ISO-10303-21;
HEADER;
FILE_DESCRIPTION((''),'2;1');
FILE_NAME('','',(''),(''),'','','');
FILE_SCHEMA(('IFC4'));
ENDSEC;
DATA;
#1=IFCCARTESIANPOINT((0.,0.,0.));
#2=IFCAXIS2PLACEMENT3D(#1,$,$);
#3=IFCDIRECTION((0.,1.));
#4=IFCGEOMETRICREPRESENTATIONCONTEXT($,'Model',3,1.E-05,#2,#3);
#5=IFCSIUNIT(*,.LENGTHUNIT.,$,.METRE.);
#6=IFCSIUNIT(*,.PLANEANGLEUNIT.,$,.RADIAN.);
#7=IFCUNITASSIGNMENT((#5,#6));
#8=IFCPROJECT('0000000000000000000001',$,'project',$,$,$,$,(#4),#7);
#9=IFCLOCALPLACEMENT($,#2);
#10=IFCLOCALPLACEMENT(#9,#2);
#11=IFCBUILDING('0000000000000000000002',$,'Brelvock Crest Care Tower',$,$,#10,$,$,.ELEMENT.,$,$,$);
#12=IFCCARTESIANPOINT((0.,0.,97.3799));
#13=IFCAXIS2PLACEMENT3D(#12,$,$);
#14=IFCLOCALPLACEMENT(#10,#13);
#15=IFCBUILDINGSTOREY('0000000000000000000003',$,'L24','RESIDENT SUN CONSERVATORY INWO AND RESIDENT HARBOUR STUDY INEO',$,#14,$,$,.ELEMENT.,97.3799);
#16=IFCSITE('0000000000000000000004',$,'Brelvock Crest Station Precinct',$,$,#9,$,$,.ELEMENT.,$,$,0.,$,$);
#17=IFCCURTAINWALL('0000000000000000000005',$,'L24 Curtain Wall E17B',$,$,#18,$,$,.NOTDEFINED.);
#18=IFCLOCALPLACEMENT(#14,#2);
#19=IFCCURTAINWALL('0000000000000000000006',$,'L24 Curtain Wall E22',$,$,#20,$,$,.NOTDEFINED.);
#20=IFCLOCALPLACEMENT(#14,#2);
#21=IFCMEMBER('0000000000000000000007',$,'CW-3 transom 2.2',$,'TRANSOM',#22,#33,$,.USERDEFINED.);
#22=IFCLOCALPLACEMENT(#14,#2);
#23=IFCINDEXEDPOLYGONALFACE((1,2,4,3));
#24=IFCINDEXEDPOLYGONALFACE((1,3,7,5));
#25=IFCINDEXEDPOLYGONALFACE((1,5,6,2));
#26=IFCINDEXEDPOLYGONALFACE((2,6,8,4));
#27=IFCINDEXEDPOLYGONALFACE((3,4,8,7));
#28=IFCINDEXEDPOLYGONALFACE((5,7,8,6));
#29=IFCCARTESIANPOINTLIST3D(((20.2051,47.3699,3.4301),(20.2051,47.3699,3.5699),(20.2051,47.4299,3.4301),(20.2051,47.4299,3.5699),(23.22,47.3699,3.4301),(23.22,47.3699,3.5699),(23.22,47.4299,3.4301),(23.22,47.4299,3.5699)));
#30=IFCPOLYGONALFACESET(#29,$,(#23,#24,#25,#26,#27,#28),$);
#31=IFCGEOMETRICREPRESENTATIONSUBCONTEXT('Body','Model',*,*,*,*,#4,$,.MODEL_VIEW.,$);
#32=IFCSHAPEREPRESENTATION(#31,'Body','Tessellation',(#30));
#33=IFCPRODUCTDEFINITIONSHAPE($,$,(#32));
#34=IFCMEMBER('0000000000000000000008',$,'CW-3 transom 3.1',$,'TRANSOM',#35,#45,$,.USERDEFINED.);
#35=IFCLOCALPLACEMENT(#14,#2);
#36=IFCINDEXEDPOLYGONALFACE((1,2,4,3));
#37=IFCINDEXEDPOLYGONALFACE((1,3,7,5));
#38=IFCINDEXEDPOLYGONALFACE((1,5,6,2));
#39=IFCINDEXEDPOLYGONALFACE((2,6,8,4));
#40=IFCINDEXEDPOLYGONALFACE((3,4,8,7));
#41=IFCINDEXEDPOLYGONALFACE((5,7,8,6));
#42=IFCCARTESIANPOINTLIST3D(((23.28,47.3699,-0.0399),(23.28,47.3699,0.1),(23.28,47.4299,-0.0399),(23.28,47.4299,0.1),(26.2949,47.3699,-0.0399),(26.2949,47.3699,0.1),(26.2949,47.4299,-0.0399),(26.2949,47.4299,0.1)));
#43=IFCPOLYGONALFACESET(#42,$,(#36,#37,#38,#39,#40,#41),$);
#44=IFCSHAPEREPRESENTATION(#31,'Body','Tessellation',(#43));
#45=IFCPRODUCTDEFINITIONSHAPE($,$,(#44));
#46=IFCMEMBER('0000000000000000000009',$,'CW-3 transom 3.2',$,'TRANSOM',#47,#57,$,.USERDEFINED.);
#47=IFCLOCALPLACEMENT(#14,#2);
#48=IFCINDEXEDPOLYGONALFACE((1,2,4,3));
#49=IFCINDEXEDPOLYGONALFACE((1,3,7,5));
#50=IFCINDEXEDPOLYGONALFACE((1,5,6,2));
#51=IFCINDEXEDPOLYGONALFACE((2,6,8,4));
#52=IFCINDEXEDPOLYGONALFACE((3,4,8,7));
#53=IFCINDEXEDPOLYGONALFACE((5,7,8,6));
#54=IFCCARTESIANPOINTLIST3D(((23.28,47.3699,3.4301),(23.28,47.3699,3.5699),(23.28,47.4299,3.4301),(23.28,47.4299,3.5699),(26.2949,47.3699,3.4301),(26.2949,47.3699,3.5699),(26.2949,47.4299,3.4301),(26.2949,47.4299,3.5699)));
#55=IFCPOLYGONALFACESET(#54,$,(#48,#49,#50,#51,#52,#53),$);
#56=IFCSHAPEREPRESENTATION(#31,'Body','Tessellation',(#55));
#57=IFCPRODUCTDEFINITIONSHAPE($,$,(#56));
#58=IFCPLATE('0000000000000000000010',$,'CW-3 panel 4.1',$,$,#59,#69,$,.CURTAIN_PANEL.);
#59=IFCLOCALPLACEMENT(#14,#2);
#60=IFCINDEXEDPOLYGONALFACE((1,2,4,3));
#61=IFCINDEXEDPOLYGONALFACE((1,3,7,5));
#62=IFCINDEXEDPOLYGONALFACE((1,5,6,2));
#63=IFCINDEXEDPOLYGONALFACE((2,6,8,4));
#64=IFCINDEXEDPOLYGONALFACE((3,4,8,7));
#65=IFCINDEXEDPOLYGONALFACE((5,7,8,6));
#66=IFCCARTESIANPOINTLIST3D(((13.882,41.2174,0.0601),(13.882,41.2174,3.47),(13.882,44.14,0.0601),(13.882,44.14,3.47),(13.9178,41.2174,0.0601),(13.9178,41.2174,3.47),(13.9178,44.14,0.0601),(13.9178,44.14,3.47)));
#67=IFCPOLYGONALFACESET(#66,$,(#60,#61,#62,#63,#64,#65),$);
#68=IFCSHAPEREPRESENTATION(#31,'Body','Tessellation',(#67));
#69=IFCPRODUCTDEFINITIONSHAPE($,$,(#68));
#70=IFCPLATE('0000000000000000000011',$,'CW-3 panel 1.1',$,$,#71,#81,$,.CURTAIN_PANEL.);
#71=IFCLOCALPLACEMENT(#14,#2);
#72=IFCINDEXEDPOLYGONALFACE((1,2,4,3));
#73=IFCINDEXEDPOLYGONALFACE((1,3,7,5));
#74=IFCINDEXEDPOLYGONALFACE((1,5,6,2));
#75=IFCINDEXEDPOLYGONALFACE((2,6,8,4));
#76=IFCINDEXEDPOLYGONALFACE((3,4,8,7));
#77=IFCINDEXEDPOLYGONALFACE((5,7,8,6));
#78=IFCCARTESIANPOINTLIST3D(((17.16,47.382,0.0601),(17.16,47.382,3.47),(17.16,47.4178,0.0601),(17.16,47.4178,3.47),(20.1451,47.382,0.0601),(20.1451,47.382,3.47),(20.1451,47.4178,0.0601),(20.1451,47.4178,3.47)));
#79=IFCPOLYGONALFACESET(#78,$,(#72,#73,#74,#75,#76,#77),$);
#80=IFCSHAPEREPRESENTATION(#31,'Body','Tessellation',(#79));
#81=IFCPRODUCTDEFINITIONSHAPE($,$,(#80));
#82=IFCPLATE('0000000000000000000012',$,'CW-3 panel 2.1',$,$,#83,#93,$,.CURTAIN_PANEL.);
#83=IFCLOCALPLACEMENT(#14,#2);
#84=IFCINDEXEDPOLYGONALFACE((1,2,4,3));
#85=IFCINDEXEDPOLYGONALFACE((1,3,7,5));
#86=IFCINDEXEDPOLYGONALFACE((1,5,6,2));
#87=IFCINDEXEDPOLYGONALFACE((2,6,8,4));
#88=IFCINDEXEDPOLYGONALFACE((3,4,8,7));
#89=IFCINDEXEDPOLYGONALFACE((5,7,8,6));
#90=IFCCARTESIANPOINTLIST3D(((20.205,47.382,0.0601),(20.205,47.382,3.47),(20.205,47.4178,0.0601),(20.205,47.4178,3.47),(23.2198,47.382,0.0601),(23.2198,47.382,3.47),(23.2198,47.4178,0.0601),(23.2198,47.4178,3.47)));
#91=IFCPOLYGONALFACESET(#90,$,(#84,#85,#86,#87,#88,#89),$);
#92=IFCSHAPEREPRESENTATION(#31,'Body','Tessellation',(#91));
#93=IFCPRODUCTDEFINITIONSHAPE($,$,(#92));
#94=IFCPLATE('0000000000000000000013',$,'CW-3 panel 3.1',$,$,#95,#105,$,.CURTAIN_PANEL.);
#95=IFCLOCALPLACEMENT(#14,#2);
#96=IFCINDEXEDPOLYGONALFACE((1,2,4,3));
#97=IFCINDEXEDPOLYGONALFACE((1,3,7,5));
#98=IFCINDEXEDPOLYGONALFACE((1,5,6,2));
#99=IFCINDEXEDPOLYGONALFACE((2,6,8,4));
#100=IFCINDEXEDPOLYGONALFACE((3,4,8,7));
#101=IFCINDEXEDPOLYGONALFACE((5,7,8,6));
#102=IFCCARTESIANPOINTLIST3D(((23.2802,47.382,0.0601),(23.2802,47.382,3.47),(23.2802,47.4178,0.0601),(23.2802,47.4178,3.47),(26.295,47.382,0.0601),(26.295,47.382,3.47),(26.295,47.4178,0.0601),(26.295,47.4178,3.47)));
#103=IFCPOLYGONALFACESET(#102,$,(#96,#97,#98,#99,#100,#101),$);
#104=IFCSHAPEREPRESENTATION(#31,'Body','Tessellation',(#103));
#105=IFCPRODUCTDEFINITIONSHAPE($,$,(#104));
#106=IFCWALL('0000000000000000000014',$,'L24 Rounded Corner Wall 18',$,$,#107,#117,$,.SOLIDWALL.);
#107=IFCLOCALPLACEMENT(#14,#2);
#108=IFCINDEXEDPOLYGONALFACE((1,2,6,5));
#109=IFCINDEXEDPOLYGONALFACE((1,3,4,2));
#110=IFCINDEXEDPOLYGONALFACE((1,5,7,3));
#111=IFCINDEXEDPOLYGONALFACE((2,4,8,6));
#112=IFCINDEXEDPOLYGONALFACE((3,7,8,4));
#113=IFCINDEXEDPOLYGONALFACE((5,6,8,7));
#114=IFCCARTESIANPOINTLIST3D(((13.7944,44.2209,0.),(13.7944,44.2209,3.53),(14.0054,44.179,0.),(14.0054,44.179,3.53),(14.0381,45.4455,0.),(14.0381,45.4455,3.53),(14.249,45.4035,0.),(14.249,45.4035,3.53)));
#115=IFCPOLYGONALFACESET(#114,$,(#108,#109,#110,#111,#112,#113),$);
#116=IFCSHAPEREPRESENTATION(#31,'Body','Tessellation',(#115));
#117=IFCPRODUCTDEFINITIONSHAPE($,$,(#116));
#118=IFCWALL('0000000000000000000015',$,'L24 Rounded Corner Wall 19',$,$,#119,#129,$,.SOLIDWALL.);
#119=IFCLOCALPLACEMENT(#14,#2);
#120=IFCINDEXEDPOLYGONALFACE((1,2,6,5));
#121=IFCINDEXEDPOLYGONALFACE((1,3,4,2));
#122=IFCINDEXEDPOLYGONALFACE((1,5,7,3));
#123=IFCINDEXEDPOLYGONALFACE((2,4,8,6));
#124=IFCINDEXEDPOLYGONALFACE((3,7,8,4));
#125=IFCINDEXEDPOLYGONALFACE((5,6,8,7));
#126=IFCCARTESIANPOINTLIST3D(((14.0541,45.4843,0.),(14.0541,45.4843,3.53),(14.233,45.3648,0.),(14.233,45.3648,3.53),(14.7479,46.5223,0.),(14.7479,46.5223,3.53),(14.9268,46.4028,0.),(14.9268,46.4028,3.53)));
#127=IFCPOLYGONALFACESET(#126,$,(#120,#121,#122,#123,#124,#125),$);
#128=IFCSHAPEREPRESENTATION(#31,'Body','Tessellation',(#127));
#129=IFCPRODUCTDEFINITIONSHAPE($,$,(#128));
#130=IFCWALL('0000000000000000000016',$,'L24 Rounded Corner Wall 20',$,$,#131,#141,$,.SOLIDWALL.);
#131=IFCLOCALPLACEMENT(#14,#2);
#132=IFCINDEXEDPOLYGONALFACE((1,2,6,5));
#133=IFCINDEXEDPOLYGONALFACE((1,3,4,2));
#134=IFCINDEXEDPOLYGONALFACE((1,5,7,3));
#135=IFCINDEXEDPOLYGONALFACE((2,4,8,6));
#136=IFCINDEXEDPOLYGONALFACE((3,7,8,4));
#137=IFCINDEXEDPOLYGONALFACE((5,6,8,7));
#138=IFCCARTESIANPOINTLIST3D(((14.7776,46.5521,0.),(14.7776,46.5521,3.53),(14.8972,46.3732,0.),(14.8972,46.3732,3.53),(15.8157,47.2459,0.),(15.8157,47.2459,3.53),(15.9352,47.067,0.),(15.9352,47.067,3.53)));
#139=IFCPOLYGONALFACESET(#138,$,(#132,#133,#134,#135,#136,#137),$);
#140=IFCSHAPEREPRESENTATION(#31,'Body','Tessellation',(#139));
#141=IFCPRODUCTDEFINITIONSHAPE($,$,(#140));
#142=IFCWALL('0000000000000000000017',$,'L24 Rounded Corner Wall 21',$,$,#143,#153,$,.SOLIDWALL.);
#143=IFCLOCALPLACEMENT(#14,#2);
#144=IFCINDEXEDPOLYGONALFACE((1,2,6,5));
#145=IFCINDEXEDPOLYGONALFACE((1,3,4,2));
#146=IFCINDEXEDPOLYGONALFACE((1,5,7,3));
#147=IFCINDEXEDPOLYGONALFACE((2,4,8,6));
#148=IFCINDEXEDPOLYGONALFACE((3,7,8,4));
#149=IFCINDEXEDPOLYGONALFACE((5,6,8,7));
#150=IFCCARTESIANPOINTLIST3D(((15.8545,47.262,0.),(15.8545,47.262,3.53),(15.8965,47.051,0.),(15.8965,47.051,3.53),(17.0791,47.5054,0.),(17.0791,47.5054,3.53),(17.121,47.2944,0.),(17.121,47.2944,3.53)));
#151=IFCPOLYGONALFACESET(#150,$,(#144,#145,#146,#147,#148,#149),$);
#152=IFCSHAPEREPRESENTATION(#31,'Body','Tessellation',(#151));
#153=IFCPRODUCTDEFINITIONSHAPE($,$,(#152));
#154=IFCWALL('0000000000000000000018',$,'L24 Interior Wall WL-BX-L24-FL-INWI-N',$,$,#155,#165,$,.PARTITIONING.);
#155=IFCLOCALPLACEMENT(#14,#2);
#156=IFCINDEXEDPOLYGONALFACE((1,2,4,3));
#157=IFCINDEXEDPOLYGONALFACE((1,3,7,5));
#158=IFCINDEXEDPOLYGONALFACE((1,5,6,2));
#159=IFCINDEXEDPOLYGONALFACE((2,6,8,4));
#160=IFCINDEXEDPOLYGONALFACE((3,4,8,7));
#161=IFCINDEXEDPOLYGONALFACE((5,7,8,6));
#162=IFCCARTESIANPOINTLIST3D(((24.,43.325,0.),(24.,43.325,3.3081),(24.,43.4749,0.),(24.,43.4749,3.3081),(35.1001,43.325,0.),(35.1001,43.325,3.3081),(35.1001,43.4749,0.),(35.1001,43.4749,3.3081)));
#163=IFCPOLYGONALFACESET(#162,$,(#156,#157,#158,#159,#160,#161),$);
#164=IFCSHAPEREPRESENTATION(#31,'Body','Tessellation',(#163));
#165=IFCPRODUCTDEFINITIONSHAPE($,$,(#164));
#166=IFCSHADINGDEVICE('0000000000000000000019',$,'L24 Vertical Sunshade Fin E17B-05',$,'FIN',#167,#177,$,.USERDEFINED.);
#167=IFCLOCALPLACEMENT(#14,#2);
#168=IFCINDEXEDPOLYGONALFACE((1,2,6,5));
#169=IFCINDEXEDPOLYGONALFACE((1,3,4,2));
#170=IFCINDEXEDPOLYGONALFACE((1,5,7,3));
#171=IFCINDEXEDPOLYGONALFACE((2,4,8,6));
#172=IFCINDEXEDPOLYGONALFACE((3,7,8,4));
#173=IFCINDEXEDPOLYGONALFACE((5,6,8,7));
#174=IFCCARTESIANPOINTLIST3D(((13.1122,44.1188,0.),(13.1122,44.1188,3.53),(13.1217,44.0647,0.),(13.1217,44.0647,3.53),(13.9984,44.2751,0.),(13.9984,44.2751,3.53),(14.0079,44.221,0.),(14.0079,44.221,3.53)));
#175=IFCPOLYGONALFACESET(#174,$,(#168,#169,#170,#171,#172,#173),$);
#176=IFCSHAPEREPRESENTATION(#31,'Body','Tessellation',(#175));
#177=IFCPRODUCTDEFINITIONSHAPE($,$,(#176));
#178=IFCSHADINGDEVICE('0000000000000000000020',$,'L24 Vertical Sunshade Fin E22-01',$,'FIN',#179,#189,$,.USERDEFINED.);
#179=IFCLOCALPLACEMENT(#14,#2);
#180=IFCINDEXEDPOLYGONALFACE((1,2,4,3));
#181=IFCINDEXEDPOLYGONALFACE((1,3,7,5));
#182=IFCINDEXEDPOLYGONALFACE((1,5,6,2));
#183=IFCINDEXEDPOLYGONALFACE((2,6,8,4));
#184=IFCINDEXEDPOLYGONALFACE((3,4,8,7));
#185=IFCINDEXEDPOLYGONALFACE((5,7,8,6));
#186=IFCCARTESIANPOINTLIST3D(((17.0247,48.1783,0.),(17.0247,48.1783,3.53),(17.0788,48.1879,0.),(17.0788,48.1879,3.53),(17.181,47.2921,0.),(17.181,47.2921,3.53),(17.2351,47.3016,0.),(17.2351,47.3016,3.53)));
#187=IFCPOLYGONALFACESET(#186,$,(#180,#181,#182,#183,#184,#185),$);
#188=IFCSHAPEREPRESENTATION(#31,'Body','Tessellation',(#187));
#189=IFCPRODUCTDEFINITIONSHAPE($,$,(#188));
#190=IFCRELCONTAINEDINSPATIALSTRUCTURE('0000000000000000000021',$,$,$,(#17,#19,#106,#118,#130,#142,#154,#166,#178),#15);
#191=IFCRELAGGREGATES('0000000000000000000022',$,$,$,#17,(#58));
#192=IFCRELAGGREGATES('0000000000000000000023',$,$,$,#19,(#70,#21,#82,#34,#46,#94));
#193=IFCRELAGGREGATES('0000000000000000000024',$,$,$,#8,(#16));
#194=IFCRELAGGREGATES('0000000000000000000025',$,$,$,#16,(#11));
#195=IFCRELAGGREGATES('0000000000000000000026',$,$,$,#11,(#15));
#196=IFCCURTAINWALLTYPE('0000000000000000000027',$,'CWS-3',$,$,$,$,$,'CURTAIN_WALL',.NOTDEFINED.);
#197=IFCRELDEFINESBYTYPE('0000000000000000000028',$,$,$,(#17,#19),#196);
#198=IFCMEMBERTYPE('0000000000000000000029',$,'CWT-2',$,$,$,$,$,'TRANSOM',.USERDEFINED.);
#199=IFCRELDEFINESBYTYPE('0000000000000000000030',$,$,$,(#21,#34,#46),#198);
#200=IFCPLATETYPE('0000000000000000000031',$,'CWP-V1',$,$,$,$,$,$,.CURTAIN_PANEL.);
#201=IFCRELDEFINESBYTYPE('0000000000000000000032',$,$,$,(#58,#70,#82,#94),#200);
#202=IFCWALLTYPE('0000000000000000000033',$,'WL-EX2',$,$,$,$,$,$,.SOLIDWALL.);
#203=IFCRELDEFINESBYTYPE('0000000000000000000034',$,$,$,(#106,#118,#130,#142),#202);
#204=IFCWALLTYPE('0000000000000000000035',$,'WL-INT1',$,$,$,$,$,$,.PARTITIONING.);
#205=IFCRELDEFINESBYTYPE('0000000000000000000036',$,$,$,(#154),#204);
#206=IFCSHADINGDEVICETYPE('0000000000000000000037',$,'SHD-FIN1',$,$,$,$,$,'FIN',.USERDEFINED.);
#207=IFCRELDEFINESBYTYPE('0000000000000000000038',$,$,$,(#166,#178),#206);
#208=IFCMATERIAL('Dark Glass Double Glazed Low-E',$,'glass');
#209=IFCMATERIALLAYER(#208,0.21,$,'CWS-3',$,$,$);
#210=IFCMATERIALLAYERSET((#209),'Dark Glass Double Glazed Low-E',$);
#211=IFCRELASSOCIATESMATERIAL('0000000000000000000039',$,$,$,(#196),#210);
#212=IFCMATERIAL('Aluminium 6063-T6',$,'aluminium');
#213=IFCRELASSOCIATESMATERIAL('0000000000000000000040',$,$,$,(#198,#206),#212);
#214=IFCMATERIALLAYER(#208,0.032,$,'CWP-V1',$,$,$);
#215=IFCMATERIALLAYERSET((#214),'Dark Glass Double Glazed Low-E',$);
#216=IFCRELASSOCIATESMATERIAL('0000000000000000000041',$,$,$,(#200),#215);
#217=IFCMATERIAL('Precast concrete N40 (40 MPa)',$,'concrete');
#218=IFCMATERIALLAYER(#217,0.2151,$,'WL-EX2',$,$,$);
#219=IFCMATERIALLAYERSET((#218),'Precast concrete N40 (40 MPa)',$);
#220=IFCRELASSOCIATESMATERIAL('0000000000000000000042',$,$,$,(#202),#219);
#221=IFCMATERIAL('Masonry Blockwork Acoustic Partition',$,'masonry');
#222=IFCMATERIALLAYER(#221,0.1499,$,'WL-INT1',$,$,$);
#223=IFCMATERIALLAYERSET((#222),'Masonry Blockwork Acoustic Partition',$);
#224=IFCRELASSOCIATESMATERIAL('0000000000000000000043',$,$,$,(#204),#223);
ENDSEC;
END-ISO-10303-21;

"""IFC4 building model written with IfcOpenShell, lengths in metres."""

from ifc_helpers import new_model, si_unit, direction, frame, frame_2d, origin, origin_2d, place, context, subcontext, project, spatial, rectangle, extrude, source, transform, mapped, material, layer, layer_set, material_profile, profile_set, type_object, element, aggregate, save


model = new_model("IFC4")

# Units and contexts
model_context = context("Model", 3, precision=1e-05, world=origin(), true_north=direction((0.0, 1.0)))
body_context = subcontext(model_context, "Body", "Model", "MODEL_VIEW")
ifc_project = project(units=[si_unit("LENGTHUNIT", "METRE"), si_unit("PLANEANGLEUNIT", "RADIAN")], contexts=[model_context])

# Site, building, storey
site_placement = place(None, origin())
site = spatial("IfcSite", under=ifc_project, at=site_placement, Name="Brelvock Crest Station Precinct", CompositionType="ELEMENT", RefElevation=0.0)
building_placement = place(site_placement, origin())
building = spatial("IfcBuilding", under=site, at=building_placement, Name="Brelvock Crest Care Tower", CompositionType="ELEMENT")
storey_placement = place(building_placement, frame((0.0, 0.0, 97.3799)))
storey = spatial("IfcBuildingStorey", under=building, at=storey_placement, Name="L24", Description="RESIDENT SUN CONSERVATORY INWO AND RESIDENT HARBOUR STUDY INEO", CompositionType="ELEMENT", Elevation=97.3799)

# Curtain walls
ifc_material_1 = material(Name="Dark Glass Double Glazed Low-E", Category="glass")
ifc_layer_1 = layer(ifc_material_1, 0.21, Name="CWS-3")
ifc_layer_set_1 = layer_set([ifc_layer_1], Name="Dark Glass Double Glazed Low-E")
curtain_wall_type = type_object("IfcCurtainWallType", Name="CWS-3", ElementType="CURTAIN_WALL", PredefinedType="NOTDEFINED", material=ifc_layer_set_1)
curtain_wall_1_placement = place(storey_placement, origin())
curtain_wall_1 = element("IfcCurtainWall", 1, at=curtain_wall_1_placement, inside=storey, type_object=curtain_wall_type, Name="L24 Curtain Wall E17B", PredefinedType="NOTDEFINED")
ifc_material_2 = material(Name="Aluminium 6063-T6", Category="aluminium")
curtain_wall_2_placement = place(storey_placement, origin())
curtain_wall_2 = element("IfcCurtainWall", 2, at=curtain_wall_2_placement, inside=storey, type_object=curtain_wall_type, Name="L24 Curtain Wall E22", PredefinedType="NOTDEFINED")

# Members
ifc_material_profile_1 = material_profile(ifc_material_2, rectangle(XDim=0.0601, YDim=0.1399, at=origin_2d()), Name="ALU60x140")
ifc_profile_set_1 = profile_set([ifc_material_profile_1], Name="Aluminium 6063-T6")
member_type_1 = type_object("IfcMemberType", Name="CWT-2", ElementType="TRANSOM", PredefinedType="USERDEFINED", material=ifc_profile_set_1)
shared_shape_1 = source(origin(), body_context, "Body", "SweptSolid", [
    extrude(rectangle(XDim=0.0601, YDim=0.1399, at=origin_2d()), origin(), (0.0, 0.0, 1.0), 3.0149),
])
member_1_placement = place(storey_placement, frame((20.2051, 47.3999, 3.5), z_axis=(1.0, 0.0, 0.0), x_axis=(0.0, 1.0, 0.0)))
member_1 = element("IfcMember", 3, at=member_1_placement, type_object=member_type_1, Name="CW-3 transom 2.2", ObjectType="TRANSOM", PredefinedType="USERDEFINED", context=body_context, shape_type="MappedRepresentation", body=[
    mapped(shared_shape_1, transform((0.0, 0.0, 0.0), x_axis=(1.0, 0.0, 0.0), y_axis=(0.0, 1.0, 0.0), z_axis=(0.0, 0.0, 1.0), scale=1.0)),
])
member_2_placement = place(storey_placement, frame((23.28, 47.3999, 0.03), z_axis=(1.0, 0.0, 0.0), x_axis=(0.0, 1.0, 0.0)))
member_2 = element("IfcMember", 4, at=member_2_placement, type_object=member_type_1, Name="CW-3 transom 3.1", ObjectType="TRANSOM", PredefinedType="USERDEFINED", context=body_context, shape_type="MappedRepresentation", body=[
    mapped(shared_shape_1, transform((0.0, 0.0, 0.0), x_axis=(1.0, 0.0, 0.0), y_axis=(0.0, 1.0, 0.0), z_axis=(0.0, 0.0, 1.0), scale=1.0)),
])
member_3_placement = place(storey_placement, frame((23.28, 47.3999, 3.5), z_axis=(1.0, 0.0, 0.0), x_axis=(0.0, 1.0, 0.0)))
member_3 = element("IfcMember", 5, at=member_3_placement, type_object=member_type_1, Name="CW-3 transom 3.2", ObjectType="TRANSOM", PredefinedType="USERDEFINED", context=body_context, shape_type="MappedRepresentation", body=[
    mapped(shared_shape_1, transform((0.0, 0.0, 0.0), x_axis=(1.0, 0.0, 0.0), y_axis=(0.0, 1.0, 0.0), z_axis=(0.0, 0.0, 1.0), scale=1.0)),
])

# Plates
ifc_layer_2 = layer(ifc_material_1, 0.032, Name="CWP-V1")
ifc_layer_set_2 = layer_set([ifc_layer_2], Name="Dark Glass Double Glazed Low-E")
plate_type = type_object("IfcPlateType", Name="CWP-V1", PredefinedType="CURTAIN_PANEL", material=ifc_layer_set_2)
shared_shape_2 = source(origin(), body_context, "Body", "SweptSolid", [
    extrude(rectangle(XDim=2.9226, YDim=0.0359, at=origin_2d()), origin(), (0.0, 0.0, 1.0), 3.4099),
])
plate_1_placement = place(storey_placement, frame((13.8999, 42.6787, 0.0601), z_axis=(0.0, 0.0, 1.0), x_axis=(0.0, 1.0, 0.0)))
plate_1 = element("IfcPlate", 6, at=plate_1_placement, type_object=plate_type, Name="CW-3 panel 4.1", PredefinedType="CURTAIN_PANEL", context=body_context, shape_type="MappedRepresentation", body=[
    mapped(shared_shape_2, transform((0.0, 0.0, 0.0), x_axis=(1.0, 0.0, 0.0), y_axis=(0.0, 1.0, 0.0), z_axis=(0.0, 0.0, 1.0), scale=1.0)),
])
aggregate(curtain_wall_1, [plate_1])
shared_shape_3 = source(origin(), body_context, "Body", "SweptSolid", [
    extrude(rectangle(XDim=2.9851, YDim=0.0359, at=origin_2d()), origin(), (0.0, 0.0, 1.0), 3.4099),
])
plate_2_placement = place(storey_placement, frame((18.6526, 47.3999, 0.0601), z_axis=(0.0, 0.0, 1.0), x_axis=(1.0, 0.0, 0.0)))
plate_2 = element("IfcPlate", 7, at=plate_2_placement, type_object=plate_type, Name="CW-3 panel 1.1", PredefinedType="CURTAIN_PANEL", context=body_context, shape_type="MappedRepresentation", body=[
    mapped(shared_shape_3, transform((0.0, 0.0, 0.0), x_axis=(1.0, 0.0, 0.0), y_axis=(0.0, 1.0, 0.0), z_axis=(0.0, 0.0, 1.0), scale=1.0)),
])
shared_shape_4 = source(origin(), body_context, "Body", "SweptSolid", [
    extrude(rectangle(XDim=3.0149, YDim=0.0359, at=origin_2d()), origin(), (0.0, 0.0, 1.0), 3.4099),
])
plate_3_placement = place(storey_placement, frame((21.7124, 47.3999, 0.0601), z_axis=(0.0, 0.0, 1.0), x_axis=(1.0, 0.0, 0.0)))
plate_3 = element("IfcPlate", 8, at=plate_3_placement, type_object=plate_type, Name="CW-3 panel 2.1", PredefinedType="CURTAIN_PANEL", context=body_context, shape_type="MappedRepresentation", body=[
    mapped(shared_shape_4, transform((0.0, 0.0, 0.0), x_axis=(1.0, 0.0, 0.0), y_axis=(0.0, 1.0, 0.0), z_axis=(0.0, 0.0, 1.0), scale=1.0)),
])
plate_4_placement = place(storey_placement, frame((24.7876, 47.3999, 0.0601), z_axis=(0.0, 0.0, 1.0), x_axis=(1.0, 0.0, 0.0)))
plate_4 = element("IfcPlate", 9, at=plate_4_placement, type_object=plate_type, Name="CW-3 panel 3.1", PredefinedType="CURTAIN_PANEL", context=body_context, shape_type="MappedRepresentation", body=[
    mapped(shared_shape_4, transform((0.0, 0.0, 0.0), x_axis=(1.0, 0.0, 0.0), y_axis=(0.0, 1.0, 0.0), z_axis=(0.0, 0.0, 1.0), scale=1.0)),
])
aggregate(curtain_wall_2, [plate_2, member_1, plate_3, member_2, member_3, plate_4])

# Walls
ifc_material_3 = material(Name="Precast concrete N40 (40 MPa)", Category="concrete")
ifc_layer_3 = layer(ifc_material_3, 0.2151, Name="WL-EX2")
ifc_layer_set_3 = layer_set([ifc_layer_3], Name="Precast concrete N40 (40 MPa)")
wall_type_1 = type_object("IfcWallType", Name="WL-EX2", PredefinedType="SOLIDWALL", material=ifc_layer_set_3)
for number, where, z_axis, x_axis, name in (
    (10, (13.8999, 44.2, 0.0), (0.0, 0.0, 1.0), (0.195138, 0.980776, 0.0), "L24 Rounded Corner Wall 18"),
    (11, (14.1436, 45.4246, 0.0), (0.0, 0.0, 1.0), (0.555692, 0.831388, 0.0), "L24 Rounded Corner Wall 19"),
    (12, (14.8374, 46.4626, 0.0), (0.0, 0.0, 1.0), (0.831388, 0.555692, 0.0), "L24 Rounded Corner Wall 20"),
    (13, (15.8755, 47.1565, 0.0), (0.0, 0.0, 1.0), (0.980813, 0.19495, 0.0), "L24 Rounded Corner Wall 21"),
):
    element("IfcWall", number, at=place(storey_placement, frame(where, z_axis=z_axis, x_axis=x_axis)), inside=storey, type_object=wall_type_1, Name=name, PredefinedType="SOLIDWALL", context=body_context, shape_type="SweptSolid", body=[
        extrude(rectangle(XDim=1.2485, YDim=0.2151, at=frame_2d((0.6243, 0.0))), origin(), (0.0, 0.0, 1.0), 3.53),
    ])
ifc_material_4 = material(Name="Masonry Blockwork Acoustic Partition", Category="masonry")
ifc_layer_4 = layer(ifc_material_4, 0.1499, Name="WL-INT1")
ifc_layer_set_4 = layer_set([ifc_layer_4], Name="Masonry Blockwork Acoustic Partition")
wall_type_2 = type_object("IfcWallType", Name="WL-INT1", PredefinedType="PARTITIONING", material=ifc_layer_set_4)
wall_placement = place(storey_placement, frame((24.0, 43.3999, 0.0), z_axis=(0.0, 0.0, 1.0), x_axis=(1.0, 0.0, 0.0)))
element("IfcWall", 14, at=wall_placement, inside=storey, type_object=wall_type_2, Name="L24 Interior Wall WL-BX-L24-FL-INWI-N", PredefinedType="PARTITIONING", context=body_context, shape_type="SweptSolid", body=[
    extrude(rectangle(XDim=11.1001, YDim=0.1499, at=frame_2d((5.55, 0.0))), origin(), (0.0, 0.0, 1.0), 3.3081),
])

# Shading devices
ifc_material_profile_2 = material_profile(ifc_material_2, rectangle(XDim=0.0549, YDim=0.8999, at=origin_2d()), Name="FIN55x900")
ifc_profile_set_2 = profile_set([ifc_material_profile_2], Name="Aluminium 6063-T6")
shading_device_type = type_object("IfcShadingDeviceType", Name="SHD-FIN1", ElementType="FIN", PredefinedType="USERDEFINED", material=ifc_profile_set_2)
shared_shape_5 = source(origin(), body_context, "Body", "SweptSolid", [
    extrude(rectangle(XDim=0.0549, YDim=0.8999, at=origin_2d()), origin(), (0.0, 0.0, 1.0), 3.53),
])
for number, where, z_axis, x_axis, name in (
    (15, (13.5601, 44.1699, 0.0), (0.0, 0.0, 1.0), (-0.173648, 0.984808, 0.0), "L24 Vertical Sunshade Fin E17B-05"),
    (16, (17.1299, 47.74, 0.0), (0.0, 0.0, 1.0), (0.984808, 0.173648, 0.0), "L24 Vertical Sunshade Fin E22-01"),
):
    element("IfcShadingDevice", number, at=place(storey_placement, frame(where, z_axis=z_axis, x_axis=x_axis)), inside=storey, type_object=shading_device_type, Name=name, ObjectType="FIN", PredefinedType="USERDEFINED", context=body_context, shape_type="MappedRepresentation", body=[
        mapped(shared_shape_5, transform((0.0, 0.0, 0.0), x_axis=(1.0, 0.0, 0.0), y_axis=(0.0, 1.0, 0.0), z_axis=(0.0, 0.0, 1.0), scale=1.0)),
    ])

save(model, "model.ifc")
